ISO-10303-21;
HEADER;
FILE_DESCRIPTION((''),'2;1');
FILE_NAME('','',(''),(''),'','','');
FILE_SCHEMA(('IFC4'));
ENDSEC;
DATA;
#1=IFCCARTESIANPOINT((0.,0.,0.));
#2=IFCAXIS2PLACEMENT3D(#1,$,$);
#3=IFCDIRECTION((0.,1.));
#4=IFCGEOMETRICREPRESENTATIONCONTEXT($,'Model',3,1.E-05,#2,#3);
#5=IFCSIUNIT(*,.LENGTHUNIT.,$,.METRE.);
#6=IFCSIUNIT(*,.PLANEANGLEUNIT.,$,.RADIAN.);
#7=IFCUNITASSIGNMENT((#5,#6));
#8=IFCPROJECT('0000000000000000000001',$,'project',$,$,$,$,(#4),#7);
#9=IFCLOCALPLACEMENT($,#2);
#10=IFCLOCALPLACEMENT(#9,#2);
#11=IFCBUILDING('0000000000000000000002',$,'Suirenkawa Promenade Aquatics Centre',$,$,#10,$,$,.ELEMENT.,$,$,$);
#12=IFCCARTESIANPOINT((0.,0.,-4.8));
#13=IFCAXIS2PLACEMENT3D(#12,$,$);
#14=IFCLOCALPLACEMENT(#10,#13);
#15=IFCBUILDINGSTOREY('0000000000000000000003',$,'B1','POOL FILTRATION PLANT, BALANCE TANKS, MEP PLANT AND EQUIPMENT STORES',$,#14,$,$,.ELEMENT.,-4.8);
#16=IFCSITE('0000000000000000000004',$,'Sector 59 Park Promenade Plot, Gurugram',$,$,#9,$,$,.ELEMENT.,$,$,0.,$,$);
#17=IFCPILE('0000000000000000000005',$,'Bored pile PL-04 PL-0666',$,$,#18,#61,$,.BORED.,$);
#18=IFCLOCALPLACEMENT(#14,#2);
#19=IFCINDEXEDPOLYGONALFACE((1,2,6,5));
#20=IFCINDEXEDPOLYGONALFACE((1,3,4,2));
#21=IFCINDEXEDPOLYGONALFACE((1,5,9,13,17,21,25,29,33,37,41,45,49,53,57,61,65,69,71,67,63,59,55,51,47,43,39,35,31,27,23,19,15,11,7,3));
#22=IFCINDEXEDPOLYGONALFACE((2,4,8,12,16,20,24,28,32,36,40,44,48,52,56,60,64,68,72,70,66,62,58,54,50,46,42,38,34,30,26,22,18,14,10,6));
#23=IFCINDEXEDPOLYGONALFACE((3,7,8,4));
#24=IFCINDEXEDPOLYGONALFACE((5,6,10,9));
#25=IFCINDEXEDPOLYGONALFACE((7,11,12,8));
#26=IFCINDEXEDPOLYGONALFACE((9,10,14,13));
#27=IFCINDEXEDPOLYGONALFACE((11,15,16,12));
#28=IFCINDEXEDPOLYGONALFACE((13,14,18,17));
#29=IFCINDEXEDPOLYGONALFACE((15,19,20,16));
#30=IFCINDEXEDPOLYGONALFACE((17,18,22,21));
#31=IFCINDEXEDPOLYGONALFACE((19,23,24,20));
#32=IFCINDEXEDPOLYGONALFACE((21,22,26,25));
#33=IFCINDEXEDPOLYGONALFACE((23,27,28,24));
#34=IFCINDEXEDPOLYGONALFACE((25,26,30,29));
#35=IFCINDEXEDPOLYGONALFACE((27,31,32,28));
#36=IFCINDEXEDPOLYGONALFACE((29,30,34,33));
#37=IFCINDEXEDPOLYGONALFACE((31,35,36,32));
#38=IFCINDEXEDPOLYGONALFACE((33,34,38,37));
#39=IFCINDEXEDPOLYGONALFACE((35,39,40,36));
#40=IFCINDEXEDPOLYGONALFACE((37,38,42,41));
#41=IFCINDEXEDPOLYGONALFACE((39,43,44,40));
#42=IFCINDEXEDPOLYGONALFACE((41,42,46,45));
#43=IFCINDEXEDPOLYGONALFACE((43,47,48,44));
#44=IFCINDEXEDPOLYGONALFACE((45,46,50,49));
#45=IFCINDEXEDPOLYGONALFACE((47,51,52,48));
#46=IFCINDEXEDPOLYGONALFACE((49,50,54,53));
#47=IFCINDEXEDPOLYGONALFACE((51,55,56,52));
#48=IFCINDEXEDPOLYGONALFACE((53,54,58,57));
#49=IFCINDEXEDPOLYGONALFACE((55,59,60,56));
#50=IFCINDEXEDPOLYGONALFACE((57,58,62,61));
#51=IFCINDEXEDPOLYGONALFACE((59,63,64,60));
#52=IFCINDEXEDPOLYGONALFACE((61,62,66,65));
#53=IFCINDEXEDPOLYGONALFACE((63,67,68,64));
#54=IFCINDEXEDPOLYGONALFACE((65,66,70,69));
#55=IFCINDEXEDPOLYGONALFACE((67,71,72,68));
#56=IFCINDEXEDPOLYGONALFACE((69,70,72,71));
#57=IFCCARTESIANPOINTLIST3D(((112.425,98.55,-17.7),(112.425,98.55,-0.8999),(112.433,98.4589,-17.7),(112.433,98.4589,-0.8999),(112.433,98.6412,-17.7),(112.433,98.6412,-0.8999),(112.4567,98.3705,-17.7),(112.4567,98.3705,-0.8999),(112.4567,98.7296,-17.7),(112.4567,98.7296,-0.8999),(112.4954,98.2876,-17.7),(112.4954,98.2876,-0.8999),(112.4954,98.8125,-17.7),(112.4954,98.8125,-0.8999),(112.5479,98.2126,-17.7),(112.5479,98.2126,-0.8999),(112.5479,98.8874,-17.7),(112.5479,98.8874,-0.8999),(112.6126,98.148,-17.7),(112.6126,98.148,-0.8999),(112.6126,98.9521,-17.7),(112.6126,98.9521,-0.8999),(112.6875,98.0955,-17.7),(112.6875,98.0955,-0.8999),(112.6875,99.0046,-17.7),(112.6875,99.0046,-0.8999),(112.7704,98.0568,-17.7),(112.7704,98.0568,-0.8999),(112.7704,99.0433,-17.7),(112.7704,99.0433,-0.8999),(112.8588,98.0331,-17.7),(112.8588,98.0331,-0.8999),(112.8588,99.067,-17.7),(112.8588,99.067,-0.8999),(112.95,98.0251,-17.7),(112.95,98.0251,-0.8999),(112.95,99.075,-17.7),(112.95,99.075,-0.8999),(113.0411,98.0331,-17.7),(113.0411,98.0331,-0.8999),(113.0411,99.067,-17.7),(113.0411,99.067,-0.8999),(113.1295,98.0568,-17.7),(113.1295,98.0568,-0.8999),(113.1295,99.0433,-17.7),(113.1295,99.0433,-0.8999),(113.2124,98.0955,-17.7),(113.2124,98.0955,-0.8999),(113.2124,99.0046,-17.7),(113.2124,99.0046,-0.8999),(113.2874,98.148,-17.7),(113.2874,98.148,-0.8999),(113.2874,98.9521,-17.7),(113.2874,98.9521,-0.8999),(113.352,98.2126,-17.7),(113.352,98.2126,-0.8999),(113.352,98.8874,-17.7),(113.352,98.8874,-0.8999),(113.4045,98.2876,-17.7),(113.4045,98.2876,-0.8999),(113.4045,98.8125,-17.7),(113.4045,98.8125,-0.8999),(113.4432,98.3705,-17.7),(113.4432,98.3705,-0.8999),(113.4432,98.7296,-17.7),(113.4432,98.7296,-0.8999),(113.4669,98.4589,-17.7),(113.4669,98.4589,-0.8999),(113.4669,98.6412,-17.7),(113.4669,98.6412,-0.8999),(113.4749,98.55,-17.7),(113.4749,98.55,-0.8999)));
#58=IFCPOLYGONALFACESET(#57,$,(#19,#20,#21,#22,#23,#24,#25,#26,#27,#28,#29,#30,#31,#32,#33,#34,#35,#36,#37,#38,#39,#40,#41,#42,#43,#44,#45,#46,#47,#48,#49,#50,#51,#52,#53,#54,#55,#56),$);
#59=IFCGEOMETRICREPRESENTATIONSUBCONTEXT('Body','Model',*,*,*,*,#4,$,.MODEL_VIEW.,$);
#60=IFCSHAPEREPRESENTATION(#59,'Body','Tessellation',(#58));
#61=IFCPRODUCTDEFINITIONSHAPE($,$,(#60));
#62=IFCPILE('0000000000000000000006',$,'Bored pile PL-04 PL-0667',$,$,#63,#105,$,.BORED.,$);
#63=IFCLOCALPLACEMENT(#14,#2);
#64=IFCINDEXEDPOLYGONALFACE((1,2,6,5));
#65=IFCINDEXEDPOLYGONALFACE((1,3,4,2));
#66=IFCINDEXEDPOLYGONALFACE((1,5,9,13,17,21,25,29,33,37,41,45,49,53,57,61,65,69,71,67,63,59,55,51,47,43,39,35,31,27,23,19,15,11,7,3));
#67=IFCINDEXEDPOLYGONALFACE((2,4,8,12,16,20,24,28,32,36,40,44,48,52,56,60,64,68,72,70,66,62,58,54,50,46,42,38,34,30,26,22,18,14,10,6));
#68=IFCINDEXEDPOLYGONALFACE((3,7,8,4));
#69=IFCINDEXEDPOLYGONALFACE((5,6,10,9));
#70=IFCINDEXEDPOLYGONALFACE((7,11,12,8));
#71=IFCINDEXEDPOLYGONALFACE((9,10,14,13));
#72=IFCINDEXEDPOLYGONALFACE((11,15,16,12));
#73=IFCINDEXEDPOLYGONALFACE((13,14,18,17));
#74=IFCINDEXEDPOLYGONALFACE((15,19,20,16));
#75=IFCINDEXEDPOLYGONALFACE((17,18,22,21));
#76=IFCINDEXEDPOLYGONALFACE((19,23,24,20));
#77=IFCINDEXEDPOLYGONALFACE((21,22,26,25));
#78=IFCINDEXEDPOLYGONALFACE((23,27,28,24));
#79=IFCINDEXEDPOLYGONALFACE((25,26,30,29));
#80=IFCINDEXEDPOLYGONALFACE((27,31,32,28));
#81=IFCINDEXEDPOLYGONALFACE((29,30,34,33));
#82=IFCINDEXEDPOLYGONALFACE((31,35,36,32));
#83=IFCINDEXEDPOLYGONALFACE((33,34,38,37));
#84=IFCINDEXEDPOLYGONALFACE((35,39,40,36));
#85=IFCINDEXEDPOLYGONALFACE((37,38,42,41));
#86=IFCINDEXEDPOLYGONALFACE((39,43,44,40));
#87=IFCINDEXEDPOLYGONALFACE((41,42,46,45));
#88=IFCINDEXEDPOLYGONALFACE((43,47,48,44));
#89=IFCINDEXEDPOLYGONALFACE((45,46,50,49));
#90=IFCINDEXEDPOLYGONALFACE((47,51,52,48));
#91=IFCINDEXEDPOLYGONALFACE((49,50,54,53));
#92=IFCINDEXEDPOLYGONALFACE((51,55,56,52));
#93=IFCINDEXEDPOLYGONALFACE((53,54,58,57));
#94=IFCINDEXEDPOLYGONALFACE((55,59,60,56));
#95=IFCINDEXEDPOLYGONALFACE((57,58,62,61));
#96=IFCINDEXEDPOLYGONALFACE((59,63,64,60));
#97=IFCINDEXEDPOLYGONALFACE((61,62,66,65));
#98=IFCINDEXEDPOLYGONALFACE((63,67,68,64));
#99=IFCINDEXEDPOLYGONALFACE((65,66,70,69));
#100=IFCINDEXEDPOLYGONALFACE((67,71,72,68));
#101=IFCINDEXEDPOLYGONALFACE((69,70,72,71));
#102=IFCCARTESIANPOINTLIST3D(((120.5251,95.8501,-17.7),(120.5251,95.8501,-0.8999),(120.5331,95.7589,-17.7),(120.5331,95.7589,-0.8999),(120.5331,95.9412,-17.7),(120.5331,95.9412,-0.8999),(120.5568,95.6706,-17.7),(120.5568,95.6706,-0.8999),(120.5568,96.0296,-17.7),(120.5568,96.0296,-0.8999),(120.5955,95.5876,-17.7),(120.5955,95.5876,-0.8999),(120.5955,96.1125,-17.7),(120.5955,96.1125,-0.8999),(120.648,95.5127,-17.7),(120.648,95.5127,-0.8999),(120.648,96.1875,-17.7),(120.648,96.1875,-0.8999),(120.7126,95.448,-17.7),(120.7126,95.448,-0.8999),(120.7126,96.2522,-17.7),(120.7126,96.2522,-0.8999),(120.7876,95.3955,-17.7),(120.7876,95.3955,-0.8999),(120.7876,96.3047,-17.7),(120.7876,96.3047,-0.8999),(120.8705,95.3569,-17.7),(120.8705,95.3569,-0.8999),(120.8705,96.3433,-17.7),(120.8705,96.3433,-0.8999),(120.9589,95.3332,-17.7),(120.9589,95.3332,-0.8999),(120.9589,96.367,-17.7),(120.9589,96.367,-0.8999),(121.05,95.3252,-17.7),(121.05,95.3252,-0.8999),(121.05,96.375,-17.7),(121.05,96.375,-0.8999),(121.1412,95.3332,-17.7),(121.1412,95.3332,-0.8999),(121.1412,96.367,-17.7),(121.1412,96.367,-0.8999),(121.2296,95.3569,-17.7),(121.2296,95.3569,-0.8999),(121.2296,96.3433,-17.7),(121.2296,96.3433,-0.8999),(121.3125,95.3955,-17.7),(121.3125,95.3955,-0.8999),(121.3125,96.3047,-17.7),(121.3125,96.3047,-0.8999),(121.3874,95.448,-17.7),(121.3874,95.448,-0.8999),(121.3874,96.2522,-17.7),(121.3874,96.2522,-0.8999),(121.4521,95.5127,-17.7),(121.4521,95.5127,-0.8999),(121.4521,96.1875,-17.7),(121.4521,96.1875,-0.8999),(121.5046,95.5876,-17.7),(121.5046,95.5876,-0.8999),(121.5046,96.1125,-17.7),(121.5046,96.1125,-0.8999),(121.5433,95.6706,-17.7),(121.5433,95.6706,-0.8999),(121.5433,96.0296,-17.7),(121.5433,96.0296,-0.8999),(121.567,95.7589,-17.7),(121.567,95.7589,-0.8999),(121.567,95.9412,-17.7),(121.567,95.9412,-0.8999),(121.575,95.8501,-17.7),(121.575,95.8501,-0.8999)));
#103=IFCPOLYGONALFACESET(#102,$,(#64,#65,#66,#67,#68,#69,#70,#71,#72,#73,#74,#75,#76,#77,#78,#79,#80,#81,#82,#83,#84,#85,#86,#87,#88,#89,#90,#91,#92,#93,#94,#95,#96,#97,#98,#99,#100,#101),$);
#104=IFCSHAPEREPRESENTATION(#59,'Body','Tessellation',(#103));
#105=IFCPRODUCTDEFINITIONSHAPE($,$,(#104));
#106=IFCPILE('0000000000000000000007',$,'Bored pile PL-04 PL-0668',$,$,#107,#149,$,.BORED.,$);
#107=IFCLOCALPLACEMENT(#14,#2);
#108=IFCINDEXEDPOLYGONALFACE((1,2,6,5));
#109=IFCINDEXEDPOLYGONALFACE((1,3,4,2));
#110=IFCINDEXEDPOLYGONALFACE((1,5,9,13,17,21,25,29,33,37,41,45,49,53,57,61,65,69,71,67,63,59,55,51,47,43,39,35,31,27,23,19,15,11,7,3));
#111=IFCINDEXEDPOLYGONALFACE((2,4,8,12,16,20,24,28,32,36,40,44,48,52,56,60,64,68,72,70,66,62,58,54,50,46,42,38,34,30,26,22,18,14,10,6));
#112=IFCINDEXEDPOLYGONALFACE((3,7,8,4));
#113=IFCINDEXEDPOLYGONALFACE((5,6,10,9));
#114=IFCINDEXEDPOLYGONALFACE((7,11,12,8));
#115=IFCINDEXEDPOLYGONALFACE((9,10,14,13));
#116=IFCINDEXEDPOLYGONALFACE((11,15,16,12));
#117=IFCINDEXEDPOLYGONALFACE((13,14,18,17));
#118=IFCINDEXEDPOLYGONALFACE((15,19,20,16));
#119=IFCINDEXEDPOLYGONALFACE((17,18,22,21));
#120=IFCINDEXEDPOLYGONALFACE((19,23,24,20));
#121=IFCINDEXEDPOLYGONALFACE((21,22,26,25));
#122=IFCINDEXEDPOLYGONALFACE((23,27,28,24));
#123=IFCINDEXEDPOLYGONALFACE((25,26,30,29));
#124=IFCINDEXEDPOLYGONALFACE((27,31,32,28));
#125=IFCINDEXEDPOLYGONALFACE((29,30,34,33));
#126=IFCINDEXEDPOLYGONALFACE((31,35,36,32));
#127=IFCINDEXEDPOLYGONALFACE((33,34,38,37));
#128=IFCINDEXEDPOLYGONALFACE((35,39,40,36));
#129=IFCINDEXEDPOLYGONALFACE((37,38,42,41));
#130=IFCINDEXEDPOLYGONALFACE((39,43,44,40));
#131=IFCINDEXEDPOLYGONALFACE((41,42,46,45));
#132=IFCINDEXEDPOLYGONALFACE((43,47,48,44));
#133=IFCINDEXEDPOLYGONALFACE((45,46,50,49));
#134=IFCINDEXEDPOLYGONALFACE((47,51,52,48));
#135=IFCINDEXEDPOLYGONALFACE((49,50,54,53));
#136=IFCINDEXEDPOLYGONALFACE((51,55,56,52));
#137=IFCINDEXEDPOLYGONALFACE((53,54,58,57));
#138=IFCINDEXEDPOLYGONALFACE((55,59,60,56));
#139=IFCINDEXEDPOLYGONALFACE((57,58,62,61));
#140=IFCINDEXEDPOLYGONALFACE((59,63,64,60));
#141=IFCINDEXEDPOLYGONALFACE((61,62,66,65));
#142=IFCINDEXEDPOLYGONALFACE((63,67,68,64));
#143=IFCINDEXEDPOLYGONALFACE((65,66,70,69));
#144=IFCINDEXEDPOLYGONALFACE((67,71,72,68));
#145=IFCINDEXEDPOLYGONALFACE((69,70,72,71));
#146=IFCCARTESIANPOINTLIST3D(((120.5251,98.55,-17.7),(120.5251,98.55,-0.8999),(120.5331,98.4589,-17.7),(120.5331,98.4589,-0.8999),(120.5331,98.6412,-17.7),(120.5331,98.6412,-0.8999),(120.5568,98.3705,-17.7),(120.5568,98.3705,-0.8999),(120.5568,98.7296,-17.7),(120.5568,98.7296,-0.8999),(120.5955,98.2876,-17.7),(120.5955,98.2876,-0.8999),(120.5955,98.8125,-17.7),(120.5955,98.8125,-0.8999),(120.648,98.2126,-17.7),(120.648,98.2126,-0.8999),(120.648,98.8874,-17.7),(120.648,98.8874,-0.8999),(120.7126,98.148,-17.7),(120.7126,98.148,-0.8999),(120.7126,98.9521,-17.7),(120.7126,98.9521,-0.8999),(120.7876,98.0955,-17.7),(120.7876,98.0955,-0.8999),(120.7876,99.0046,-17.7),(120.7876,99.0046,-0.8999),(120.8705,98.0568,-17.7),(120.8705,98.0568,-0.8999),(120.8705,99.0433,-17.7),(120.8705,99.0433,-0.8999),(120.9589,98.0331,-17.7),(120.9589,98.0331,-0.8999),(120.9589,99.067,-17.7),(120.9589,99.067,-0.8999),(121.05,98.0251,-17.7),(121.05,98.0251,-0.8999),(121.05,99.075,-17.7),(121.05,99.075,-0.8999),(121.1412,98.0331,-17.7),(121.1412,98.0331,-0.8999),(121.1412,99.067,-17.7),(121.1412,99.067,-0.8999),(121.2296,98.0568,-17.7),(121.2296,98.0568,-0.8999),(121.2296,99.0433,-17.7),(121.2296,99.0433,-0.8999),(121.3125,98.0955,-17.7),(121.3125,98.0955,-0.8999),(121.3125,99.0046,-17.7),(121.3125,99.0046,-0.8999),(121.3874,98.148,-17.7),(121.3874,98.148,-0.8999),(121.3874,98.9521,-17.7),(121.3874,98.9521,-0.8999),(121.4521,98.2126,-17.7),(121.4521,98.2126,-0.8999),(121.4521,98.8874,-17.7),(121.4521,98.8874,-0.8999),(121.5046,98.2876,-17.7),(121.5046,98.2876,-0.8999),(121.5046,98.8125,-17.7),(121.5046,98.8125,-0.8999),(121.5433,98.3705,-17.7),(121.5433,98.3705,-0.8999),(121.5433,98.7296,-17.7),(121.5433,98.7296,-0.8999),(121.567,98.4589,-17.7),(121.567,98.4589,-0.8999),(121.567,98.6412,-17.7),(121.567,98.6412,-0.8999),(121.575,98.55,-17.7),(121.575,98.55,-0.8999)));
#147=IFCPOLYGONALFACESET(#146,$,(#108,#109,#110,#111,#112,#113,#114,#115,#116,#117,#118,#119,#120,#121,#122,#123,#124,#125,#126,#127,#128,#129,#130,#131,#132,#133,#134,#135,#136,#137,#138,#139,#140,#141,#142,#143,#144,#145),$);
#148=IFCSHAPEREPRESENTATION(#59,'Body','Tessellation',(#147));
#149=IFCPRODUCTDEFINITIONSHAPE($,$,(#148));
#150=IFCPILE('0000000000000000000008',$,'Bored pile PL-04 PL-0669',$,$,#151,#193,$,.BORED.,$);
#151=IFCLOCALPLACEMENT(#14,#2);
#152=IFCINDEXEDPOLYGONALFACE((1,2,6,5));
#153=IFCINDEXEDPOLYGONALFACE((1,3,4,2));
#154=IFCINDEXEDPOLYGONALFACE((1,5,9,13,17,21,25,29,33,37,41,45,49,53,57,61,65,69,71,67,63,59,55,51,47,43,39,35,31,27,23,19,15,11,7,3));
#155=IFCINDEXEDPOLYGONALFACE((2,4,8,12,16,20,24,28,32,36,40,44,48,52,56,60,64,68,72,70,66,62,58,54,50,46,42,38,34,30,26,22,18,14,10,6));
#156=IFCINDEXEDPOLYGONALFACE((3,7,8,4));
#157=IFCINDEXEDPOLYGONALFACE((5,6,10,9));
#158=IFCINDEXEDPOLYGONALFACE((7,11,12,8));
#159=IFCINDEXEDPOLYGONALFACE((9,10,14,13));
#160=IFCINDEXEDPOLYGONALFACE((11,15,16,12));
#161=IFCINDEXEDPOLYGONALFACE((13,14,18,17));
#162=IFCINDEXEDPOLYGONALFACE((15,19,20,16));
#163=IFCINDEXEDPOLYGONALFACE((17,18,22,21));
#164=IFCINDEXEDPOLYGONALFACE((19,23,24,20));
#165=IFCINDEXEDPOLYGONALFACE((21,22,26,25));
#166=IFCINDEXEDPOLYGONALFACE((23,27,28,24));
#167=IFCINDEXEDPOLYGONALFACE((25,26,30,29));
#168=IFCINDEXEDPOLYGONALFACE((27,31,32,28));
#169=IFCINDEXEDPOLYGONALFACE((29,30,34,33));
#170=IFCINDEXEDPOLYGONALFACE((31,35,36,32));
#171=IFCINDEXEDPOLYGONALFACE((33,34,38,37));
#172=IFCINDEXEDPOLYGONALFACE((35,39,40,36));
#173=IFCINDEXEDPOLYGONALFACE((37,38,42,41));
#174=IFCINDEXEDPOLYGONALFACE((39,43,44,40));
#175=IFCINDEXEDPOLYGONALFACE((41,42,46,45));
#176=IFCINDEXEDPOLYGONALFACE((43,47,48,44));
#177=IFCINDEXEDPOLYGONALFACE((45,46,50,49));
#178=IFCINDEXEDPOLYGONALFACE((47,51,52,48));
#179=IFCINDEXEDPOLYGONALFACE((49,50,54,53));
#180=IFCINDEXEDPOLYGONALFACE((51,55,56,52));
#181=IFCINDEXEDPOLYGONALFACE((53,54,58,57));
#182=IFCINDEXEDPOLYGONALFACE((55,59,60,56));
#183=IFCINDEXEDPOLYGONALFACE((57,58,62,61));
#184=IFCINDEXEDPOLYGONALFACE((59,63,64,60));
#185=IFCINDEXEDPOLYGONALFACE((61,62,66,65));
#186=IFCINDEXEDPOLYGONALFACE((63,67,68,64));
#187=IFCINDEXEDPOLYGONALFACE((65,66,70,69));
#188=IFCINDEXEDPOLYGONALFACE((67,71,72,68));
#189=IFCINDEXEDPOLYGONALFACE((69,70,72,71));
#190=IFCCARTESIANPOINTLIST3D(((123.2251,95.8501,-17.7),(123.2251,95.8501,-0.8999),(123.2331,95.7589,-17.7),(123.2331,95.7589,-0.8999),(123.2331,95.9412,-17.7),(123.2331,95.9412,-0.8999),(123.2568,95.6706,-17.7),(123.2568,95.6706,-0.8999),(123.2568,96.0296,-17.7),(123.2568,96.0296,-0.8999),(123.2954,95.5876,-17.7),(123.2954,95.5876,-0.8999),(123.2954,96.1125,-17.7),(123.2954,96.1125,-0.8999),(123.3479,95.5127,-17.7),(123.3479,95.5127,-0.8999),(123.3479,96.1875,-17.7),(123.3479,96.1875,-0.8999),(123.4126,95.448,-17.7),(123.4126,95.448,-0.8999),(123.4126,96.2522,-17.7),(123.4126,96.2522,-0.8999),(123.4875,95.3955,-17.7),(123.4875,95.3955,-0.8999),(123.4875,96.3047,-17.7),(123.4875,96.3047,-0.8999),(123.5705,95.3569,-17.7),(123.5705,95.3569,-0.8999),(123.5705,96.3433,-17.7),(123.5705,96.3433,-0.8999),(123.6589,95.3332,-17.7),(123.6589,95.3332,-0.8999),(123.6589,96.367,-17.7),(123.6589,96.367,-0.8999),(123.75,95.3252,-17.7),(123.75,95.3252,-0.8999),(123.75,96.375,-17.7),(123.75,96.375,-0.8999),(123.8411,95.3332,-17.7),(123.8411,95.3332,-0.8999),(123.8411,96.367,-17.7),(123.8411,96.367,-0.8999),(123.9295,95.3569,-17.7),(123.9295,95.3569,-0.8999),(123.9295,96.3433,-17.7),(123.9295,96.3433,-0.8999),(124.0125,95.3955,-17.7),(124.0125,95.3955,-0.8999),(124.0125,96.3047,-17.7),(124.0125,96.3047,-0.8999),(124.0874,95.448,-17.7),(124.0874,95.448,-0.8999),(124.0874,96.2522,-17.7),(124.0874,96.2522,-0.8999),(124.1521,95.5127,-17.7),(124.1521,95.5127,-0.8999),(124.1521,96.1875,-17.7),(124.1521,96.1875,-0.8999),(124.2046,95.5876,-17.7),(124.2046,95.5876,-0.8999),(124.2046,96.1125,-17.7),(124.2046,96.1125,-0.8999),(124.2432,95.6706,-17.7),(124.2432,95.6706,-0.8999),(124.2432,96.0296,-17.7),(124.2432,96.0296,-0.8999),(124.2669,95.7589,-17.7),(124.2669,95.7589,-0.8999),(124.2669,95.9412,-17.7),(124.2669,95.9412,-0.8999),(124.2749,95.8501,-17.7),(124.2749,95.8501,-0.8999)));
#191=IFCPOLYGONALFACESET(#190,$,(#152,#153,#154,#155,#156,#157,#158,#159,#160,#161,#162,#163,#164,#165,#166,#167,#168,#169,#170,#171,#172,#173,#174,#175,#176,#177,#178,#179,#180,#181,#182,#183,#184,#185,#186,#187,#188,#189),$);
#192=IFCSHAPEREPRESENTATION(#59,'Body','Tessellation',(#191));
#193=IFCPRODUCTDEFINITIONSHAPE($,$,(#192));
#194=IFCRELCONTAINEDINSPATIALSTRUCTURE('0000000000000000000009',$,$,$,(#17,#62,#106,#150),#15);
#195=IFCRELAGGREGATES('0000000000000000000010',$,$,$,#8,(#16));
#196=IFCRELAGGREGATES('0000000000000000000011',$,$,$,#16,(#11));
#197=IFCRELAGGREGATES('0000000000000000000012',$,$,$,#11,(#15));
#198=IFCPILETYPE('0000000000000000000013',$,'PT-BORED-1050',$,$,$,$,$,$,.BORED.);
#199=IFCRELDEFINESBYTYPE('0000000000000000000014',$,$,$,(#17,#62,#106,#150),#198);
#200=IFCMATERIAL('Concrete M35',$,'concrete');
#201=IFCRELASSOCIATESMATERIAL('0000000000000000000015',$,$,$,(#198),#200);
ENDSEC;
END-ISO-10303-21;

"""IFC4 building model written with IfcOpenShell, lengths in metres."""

from ifc_helpers import new_model, si_unit, direction, frame, origin, origin_2d, place, context, subcontext, project, spatial, circle, extrude, material, material_profile, profile_set, type_object, element, save


model = new_model("IFC4")

# Units and contexts
model_context = context("Model", 3, precision=1e-05, world=origin(), true_north=direction((0.0, 1.0)))
body_context = subcontext(model_context, "Body", "Model", "MODEL_VIEW")
ifc_project = project(units=[si_unit("LENGTHUNIT", "METRE"), si_unit("PLANEANGLEUNIT", "RADIAN")], contexts=[model_context])

# Site, building, storey
site_placement = place(None, origin())
site = spatial("IfcSite", under=ifc_project, at=site_placement, Name="Sector 59 Park Promenade Plot, Gurugram", CompositionType="ELEMENT", RefElevation=0.0)
building_placement = place(site_placement, origin())
building = spatial("IfcBuilding", under=site, at=building_placement, Name="Suirenkawa Promenade Aquatics Centre", CompositionType="ELEMENT")
storey_placement = place(building_placement, frame((0.0, 0.0, -4.8)))
storey = spatial("IfcBuildingStorey", under=building, at=storey_placement, Name="B1", Description="POOL FILTRATION PLANT, BALANCE TANKS, MEP PLANT AND EQUIPMENT STORES", CompositionType="ELEMENT", Elevation=-4.8)

# Shared definitions
ifc_material_1 = material(Name="Concrete M35", Category="concrete")

# Piles
ifc_material_profile_1 = material_profile(ifc_material_1, circle(Radius=0.5249, at=origin_2d()), Name="PILE D1050", Category="concrete")
ifc_profile_set_1 = profile_set([ifc_material_profile_1], Name="Concrete M35")
pile_type_1 = type_object("IfcPileType", Name="PT-BORED-1050", PredefinedType="BORED", material=ifc_profile_set_1)
for number, where, z_axis, x_axis, name in (
    (1, (112.95, 98.55, -0.8999), (0.0, 0.0, -1.0), (1.0, 0.0, 0.0), "Bored pile PL-04 PL-0666"),
    (2, (121.05, 95.8501, -0.8999), (0.0, 0.0, -1.0), (1.0, 0.0, 0.0), "Bored pile PL-04 PL-0667"),
    (3, (121.05, 98.55, -0.8999), (0.0, 0.0, -1.0), (1.0, 0.0, 0.0), "Bored pile PL-04 PL-0668"),
    (4, (123.75, 95.8501, -0.8999), (0.0, 0.0, -1.0), (1.0, 0.0, 0.0), "Bored pile PL-04 PL-0669"),
):
    element("IfcPile", number, at=place(storey_placement, frame(where, z_axis=z_axis, x_axis=x_axis)), inside=storey, type_object=pile_type_1, Name=name, PredefinedType="BORED", context=body_context, shape_type="SweptSolid", body=[
        extrude(circle(Radius=0.5249, at=origin_2d()), origin(), (0.0, 0.0, 1.0), 16.8),
    ])

save(model, "model.ifc")
